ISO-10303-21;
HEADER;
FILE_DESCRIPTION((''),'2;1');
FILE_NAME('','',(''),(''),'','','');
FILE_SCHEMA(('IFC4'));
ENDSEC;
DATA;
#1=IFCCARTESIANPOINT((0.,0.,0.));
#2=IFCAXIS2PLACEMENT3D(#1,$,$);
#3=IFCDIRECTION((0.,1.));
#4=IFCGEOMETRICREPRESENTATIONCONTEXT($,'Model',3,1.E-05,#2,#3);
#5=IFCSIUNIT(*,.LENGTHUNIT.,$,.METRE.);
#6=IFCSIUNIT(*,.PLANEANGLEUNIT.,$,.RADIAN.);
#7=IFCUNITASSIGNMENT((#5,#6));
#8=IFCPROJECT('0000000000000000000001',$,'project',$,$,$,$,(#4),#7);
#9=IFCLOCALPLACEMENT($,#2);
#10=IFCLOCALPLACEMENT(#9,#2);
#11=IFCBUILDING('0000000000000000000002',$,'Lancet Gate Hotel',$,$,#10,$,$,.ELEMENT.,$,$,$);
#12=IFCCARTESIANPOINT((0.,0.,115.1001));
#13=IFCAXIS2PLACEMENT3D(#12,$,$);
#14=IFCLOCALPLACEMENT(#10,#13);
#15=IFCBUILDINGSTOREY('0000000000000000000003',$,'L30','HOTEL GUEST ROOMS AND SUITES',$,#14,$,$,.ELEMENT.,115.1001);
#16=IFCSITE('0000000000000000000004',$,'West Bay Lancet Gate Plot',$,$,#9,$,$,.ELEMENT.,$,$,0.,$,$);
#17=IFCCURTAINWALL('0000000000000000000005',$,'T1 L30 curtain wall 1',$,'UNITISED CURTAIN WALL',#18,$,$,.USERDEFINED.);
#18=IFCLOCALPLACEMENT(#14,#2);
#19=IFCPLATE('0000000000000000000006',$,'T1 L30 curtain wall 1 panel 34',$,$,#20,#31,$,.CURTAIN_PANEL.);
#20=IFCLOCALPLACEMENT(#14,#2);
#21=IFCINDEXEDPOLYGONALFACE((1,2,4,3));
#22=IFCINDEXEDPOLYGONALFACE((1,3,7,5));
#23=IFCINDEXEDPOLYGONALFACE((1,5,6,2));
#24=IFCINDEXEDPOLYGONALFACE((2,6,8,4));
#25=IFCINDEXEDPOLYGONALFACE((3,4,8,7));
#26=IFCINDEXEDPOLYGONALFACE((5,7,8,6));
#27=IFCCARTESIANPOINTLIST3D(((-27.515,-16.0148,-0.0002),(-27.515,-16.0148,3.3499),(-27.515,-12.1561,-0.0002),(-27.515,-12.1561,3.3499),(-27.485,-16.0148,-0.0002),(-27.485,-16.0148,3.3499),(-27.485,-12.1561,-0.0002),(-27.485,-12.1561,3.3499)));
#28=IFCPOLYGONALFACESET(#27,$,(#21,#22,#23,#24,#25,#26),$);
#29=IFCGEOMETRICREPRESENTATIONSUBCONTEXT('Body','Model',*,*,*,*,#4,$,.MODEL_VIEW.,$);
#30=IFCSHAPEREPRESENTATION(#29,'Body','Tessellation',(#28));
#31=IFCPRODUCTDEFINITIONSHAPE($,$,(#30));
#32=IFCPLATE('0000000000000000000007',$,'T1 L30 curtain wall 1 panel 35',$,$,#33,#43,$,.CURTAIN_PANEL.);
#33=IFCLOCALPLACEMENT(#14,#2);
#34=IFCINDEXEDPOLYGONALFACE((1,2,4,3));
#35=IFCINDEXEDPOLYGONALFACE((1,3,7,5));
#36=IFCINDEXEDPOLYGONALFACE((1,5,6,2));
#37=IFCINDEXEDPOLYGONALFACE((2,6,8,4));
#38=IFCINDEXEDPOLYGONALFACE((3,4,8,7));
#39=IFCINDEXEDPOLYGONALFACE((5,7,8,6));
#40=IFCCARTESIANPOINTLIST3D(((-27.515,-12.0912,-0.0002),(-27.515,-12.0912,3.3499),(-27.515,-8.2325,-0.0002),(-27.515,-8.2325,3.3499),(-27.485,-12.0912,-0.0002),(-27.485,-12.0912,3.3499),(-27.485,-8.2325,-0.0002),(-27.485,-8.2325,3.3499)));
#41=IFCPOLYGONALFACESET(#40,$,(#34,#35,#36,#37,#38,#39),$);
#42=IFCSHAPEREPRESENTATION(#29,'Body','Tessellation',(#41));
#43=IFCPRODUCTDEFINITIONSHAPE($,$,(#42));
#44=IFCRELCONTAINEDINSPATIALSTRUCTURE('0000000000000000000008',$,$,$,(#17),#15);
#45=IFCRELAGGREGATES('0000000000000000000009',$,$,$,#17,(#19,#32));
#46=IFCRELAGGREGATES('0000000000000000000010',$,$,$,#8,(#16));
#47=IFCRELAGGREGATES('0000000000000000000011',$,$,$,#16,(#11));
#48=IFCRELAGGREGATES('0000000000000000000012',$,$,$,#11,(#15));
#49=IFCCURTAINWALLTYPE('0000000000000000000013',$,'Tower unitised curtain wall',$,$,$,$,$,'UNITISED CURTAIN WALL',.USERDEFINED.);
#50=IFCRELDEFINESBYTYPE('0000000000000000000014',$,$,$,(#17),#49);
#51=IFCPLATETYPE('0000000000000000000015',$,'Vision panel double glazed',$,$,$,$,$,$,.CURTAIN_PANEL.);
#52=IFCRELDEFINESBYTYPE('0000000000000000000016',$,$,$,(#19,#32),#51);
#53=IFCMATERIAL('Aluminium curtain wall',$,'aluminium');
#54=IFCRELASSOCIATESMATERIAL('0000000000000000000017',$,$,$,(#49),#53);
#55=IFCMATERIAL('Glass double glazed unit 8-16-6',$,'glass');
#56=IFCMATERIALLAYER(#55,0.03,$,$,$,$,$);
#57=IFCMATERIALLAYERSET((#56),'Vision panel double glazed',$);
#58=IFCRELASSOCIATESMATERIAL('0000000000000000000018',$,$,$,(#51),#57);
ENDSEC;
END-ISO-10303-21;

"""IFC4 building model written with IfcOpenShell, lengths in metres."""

from ifc_helpers import new_model, si_unit, direction, frame, origin, origin_2d, place, context, subcontext, project, spatial, rectangle, extrude, material, layer, layer_set, type_object, element, aggregate, save


model = new_model("IFC4")

# Units and contexts
model_context = context("Model", 3, precision=1e-05, world=origin(), true_north=direction((0.0, 1.0)))
body_context = subcontext(model_context, "Body", "Model", "MODEL_VIEW")
ifc_project = project(units=[si_unit("LENGTHUNIT", "METRE"), si_unit("PLANEANGLEUNIT", "RADIAN")], contexts=[model_context])

# Site, building, storey
site_placement = place(None, origin())
site = spatial("IfcSite", under=ifc_project, at=site_placement, Name="West Bay Lancet Gate Plot", CompositionType="ELEMENT", RefElevation=0.0)
building_placement = place(site_placement, origin())
building = spatial("IfcBuilding", under=site, at=building_placement, Name="Lancet Gate Hotel", CompositionType="ELEMENT")
storey_placement = place(building_placement, frame((0.0, 0.0, 115.1001)))
storey = spatial("IfcBuildingStorey", under=building, at=storey_placement, Name="L30", Description="HOTEL GUEST ROOMS AND SUITES", CompositionType="ELEMENT", Elevation=115.1001)

# Curtain wall
ifc_material_1 = material(Name="Aluminium curtain wall", Category="aluminium")
curtain_wall_type = type_object("IfcCurtainWallType", Name="Tower unitised curtain wall", ElementType="UNITISED CURTAIN WALL", PredefinedType="USERDEFINED", material=ifc_material_1)
curtain_wall_placement = place(storey_placement, origin())
curtain_wall = element("IfcCurtainWall", 1, at=curtain_wall_placement, inside=storey, type_object=curtain_wall_type, Name="T1 L30 curtain wall 1", ObjectType="UNITISED CURTAIN WALL", PredefinedType="USERDEFINED")

# Plates
ifc_material_2 = material(Name="Glass double glazed unit 8-16-6", Category="glass")
ifc_layer = layer(ifc_material_2, 0.03)
ifc_layer_set = layer_set([ifc_layer], Name="Vision panel double glazed")
plate_type = type_object("IfcPlateType", Name="Vision panel double glazed", PredefinedType="CURTAIN_PANEL", material=ifc_layer_set)
plate_1_placement = place(storey_placement, frame((-27.5, -14.0854, -0.0002), z_axis=(0.0, 0.0, 1.0), x_axis=(0.0, 1.0, 0.0)))
plate_1 = element("IfcPlate", 2, at=plate_1_placement, type_object=plate_type, Name="T1 L30 curtain wall 1 panel 34", PredefinedType="CURTAIN_PANEL", context=body_context, shape_type="SweptSolid", body=[
    extrude(rectangle(XDim=3.8586, YDim=0.03, at=origin_2d()), origin(), (0.0, 0.0, 1.0), 3.3501),
])
plate_2_placement = place(storey_placement, frame((-27.5, -10.1619, -0.0002), z_axis=(0.0, 0.0, 1.0), x_axis=(0.0, 1.0, 0.0)))
plate_2 = element("IfcPlate", 3, at=plate_2_placement, type_object=plate_type, Name="T1 L30 curtain wall 1 panel 35", PredefinedType="CURTAIN_PANEL", context=body_context, shape_type="SweptSolid", body=[
    extrude(rectangle(XDim=3.8586, YDim=0.03, at=origin_2d()), origin(), (0.0, 0.0, 1.0), 3.3501),
])
aggregate(curtain_wall, [plate_1, plate_2])

save(model, "model.ifc")
